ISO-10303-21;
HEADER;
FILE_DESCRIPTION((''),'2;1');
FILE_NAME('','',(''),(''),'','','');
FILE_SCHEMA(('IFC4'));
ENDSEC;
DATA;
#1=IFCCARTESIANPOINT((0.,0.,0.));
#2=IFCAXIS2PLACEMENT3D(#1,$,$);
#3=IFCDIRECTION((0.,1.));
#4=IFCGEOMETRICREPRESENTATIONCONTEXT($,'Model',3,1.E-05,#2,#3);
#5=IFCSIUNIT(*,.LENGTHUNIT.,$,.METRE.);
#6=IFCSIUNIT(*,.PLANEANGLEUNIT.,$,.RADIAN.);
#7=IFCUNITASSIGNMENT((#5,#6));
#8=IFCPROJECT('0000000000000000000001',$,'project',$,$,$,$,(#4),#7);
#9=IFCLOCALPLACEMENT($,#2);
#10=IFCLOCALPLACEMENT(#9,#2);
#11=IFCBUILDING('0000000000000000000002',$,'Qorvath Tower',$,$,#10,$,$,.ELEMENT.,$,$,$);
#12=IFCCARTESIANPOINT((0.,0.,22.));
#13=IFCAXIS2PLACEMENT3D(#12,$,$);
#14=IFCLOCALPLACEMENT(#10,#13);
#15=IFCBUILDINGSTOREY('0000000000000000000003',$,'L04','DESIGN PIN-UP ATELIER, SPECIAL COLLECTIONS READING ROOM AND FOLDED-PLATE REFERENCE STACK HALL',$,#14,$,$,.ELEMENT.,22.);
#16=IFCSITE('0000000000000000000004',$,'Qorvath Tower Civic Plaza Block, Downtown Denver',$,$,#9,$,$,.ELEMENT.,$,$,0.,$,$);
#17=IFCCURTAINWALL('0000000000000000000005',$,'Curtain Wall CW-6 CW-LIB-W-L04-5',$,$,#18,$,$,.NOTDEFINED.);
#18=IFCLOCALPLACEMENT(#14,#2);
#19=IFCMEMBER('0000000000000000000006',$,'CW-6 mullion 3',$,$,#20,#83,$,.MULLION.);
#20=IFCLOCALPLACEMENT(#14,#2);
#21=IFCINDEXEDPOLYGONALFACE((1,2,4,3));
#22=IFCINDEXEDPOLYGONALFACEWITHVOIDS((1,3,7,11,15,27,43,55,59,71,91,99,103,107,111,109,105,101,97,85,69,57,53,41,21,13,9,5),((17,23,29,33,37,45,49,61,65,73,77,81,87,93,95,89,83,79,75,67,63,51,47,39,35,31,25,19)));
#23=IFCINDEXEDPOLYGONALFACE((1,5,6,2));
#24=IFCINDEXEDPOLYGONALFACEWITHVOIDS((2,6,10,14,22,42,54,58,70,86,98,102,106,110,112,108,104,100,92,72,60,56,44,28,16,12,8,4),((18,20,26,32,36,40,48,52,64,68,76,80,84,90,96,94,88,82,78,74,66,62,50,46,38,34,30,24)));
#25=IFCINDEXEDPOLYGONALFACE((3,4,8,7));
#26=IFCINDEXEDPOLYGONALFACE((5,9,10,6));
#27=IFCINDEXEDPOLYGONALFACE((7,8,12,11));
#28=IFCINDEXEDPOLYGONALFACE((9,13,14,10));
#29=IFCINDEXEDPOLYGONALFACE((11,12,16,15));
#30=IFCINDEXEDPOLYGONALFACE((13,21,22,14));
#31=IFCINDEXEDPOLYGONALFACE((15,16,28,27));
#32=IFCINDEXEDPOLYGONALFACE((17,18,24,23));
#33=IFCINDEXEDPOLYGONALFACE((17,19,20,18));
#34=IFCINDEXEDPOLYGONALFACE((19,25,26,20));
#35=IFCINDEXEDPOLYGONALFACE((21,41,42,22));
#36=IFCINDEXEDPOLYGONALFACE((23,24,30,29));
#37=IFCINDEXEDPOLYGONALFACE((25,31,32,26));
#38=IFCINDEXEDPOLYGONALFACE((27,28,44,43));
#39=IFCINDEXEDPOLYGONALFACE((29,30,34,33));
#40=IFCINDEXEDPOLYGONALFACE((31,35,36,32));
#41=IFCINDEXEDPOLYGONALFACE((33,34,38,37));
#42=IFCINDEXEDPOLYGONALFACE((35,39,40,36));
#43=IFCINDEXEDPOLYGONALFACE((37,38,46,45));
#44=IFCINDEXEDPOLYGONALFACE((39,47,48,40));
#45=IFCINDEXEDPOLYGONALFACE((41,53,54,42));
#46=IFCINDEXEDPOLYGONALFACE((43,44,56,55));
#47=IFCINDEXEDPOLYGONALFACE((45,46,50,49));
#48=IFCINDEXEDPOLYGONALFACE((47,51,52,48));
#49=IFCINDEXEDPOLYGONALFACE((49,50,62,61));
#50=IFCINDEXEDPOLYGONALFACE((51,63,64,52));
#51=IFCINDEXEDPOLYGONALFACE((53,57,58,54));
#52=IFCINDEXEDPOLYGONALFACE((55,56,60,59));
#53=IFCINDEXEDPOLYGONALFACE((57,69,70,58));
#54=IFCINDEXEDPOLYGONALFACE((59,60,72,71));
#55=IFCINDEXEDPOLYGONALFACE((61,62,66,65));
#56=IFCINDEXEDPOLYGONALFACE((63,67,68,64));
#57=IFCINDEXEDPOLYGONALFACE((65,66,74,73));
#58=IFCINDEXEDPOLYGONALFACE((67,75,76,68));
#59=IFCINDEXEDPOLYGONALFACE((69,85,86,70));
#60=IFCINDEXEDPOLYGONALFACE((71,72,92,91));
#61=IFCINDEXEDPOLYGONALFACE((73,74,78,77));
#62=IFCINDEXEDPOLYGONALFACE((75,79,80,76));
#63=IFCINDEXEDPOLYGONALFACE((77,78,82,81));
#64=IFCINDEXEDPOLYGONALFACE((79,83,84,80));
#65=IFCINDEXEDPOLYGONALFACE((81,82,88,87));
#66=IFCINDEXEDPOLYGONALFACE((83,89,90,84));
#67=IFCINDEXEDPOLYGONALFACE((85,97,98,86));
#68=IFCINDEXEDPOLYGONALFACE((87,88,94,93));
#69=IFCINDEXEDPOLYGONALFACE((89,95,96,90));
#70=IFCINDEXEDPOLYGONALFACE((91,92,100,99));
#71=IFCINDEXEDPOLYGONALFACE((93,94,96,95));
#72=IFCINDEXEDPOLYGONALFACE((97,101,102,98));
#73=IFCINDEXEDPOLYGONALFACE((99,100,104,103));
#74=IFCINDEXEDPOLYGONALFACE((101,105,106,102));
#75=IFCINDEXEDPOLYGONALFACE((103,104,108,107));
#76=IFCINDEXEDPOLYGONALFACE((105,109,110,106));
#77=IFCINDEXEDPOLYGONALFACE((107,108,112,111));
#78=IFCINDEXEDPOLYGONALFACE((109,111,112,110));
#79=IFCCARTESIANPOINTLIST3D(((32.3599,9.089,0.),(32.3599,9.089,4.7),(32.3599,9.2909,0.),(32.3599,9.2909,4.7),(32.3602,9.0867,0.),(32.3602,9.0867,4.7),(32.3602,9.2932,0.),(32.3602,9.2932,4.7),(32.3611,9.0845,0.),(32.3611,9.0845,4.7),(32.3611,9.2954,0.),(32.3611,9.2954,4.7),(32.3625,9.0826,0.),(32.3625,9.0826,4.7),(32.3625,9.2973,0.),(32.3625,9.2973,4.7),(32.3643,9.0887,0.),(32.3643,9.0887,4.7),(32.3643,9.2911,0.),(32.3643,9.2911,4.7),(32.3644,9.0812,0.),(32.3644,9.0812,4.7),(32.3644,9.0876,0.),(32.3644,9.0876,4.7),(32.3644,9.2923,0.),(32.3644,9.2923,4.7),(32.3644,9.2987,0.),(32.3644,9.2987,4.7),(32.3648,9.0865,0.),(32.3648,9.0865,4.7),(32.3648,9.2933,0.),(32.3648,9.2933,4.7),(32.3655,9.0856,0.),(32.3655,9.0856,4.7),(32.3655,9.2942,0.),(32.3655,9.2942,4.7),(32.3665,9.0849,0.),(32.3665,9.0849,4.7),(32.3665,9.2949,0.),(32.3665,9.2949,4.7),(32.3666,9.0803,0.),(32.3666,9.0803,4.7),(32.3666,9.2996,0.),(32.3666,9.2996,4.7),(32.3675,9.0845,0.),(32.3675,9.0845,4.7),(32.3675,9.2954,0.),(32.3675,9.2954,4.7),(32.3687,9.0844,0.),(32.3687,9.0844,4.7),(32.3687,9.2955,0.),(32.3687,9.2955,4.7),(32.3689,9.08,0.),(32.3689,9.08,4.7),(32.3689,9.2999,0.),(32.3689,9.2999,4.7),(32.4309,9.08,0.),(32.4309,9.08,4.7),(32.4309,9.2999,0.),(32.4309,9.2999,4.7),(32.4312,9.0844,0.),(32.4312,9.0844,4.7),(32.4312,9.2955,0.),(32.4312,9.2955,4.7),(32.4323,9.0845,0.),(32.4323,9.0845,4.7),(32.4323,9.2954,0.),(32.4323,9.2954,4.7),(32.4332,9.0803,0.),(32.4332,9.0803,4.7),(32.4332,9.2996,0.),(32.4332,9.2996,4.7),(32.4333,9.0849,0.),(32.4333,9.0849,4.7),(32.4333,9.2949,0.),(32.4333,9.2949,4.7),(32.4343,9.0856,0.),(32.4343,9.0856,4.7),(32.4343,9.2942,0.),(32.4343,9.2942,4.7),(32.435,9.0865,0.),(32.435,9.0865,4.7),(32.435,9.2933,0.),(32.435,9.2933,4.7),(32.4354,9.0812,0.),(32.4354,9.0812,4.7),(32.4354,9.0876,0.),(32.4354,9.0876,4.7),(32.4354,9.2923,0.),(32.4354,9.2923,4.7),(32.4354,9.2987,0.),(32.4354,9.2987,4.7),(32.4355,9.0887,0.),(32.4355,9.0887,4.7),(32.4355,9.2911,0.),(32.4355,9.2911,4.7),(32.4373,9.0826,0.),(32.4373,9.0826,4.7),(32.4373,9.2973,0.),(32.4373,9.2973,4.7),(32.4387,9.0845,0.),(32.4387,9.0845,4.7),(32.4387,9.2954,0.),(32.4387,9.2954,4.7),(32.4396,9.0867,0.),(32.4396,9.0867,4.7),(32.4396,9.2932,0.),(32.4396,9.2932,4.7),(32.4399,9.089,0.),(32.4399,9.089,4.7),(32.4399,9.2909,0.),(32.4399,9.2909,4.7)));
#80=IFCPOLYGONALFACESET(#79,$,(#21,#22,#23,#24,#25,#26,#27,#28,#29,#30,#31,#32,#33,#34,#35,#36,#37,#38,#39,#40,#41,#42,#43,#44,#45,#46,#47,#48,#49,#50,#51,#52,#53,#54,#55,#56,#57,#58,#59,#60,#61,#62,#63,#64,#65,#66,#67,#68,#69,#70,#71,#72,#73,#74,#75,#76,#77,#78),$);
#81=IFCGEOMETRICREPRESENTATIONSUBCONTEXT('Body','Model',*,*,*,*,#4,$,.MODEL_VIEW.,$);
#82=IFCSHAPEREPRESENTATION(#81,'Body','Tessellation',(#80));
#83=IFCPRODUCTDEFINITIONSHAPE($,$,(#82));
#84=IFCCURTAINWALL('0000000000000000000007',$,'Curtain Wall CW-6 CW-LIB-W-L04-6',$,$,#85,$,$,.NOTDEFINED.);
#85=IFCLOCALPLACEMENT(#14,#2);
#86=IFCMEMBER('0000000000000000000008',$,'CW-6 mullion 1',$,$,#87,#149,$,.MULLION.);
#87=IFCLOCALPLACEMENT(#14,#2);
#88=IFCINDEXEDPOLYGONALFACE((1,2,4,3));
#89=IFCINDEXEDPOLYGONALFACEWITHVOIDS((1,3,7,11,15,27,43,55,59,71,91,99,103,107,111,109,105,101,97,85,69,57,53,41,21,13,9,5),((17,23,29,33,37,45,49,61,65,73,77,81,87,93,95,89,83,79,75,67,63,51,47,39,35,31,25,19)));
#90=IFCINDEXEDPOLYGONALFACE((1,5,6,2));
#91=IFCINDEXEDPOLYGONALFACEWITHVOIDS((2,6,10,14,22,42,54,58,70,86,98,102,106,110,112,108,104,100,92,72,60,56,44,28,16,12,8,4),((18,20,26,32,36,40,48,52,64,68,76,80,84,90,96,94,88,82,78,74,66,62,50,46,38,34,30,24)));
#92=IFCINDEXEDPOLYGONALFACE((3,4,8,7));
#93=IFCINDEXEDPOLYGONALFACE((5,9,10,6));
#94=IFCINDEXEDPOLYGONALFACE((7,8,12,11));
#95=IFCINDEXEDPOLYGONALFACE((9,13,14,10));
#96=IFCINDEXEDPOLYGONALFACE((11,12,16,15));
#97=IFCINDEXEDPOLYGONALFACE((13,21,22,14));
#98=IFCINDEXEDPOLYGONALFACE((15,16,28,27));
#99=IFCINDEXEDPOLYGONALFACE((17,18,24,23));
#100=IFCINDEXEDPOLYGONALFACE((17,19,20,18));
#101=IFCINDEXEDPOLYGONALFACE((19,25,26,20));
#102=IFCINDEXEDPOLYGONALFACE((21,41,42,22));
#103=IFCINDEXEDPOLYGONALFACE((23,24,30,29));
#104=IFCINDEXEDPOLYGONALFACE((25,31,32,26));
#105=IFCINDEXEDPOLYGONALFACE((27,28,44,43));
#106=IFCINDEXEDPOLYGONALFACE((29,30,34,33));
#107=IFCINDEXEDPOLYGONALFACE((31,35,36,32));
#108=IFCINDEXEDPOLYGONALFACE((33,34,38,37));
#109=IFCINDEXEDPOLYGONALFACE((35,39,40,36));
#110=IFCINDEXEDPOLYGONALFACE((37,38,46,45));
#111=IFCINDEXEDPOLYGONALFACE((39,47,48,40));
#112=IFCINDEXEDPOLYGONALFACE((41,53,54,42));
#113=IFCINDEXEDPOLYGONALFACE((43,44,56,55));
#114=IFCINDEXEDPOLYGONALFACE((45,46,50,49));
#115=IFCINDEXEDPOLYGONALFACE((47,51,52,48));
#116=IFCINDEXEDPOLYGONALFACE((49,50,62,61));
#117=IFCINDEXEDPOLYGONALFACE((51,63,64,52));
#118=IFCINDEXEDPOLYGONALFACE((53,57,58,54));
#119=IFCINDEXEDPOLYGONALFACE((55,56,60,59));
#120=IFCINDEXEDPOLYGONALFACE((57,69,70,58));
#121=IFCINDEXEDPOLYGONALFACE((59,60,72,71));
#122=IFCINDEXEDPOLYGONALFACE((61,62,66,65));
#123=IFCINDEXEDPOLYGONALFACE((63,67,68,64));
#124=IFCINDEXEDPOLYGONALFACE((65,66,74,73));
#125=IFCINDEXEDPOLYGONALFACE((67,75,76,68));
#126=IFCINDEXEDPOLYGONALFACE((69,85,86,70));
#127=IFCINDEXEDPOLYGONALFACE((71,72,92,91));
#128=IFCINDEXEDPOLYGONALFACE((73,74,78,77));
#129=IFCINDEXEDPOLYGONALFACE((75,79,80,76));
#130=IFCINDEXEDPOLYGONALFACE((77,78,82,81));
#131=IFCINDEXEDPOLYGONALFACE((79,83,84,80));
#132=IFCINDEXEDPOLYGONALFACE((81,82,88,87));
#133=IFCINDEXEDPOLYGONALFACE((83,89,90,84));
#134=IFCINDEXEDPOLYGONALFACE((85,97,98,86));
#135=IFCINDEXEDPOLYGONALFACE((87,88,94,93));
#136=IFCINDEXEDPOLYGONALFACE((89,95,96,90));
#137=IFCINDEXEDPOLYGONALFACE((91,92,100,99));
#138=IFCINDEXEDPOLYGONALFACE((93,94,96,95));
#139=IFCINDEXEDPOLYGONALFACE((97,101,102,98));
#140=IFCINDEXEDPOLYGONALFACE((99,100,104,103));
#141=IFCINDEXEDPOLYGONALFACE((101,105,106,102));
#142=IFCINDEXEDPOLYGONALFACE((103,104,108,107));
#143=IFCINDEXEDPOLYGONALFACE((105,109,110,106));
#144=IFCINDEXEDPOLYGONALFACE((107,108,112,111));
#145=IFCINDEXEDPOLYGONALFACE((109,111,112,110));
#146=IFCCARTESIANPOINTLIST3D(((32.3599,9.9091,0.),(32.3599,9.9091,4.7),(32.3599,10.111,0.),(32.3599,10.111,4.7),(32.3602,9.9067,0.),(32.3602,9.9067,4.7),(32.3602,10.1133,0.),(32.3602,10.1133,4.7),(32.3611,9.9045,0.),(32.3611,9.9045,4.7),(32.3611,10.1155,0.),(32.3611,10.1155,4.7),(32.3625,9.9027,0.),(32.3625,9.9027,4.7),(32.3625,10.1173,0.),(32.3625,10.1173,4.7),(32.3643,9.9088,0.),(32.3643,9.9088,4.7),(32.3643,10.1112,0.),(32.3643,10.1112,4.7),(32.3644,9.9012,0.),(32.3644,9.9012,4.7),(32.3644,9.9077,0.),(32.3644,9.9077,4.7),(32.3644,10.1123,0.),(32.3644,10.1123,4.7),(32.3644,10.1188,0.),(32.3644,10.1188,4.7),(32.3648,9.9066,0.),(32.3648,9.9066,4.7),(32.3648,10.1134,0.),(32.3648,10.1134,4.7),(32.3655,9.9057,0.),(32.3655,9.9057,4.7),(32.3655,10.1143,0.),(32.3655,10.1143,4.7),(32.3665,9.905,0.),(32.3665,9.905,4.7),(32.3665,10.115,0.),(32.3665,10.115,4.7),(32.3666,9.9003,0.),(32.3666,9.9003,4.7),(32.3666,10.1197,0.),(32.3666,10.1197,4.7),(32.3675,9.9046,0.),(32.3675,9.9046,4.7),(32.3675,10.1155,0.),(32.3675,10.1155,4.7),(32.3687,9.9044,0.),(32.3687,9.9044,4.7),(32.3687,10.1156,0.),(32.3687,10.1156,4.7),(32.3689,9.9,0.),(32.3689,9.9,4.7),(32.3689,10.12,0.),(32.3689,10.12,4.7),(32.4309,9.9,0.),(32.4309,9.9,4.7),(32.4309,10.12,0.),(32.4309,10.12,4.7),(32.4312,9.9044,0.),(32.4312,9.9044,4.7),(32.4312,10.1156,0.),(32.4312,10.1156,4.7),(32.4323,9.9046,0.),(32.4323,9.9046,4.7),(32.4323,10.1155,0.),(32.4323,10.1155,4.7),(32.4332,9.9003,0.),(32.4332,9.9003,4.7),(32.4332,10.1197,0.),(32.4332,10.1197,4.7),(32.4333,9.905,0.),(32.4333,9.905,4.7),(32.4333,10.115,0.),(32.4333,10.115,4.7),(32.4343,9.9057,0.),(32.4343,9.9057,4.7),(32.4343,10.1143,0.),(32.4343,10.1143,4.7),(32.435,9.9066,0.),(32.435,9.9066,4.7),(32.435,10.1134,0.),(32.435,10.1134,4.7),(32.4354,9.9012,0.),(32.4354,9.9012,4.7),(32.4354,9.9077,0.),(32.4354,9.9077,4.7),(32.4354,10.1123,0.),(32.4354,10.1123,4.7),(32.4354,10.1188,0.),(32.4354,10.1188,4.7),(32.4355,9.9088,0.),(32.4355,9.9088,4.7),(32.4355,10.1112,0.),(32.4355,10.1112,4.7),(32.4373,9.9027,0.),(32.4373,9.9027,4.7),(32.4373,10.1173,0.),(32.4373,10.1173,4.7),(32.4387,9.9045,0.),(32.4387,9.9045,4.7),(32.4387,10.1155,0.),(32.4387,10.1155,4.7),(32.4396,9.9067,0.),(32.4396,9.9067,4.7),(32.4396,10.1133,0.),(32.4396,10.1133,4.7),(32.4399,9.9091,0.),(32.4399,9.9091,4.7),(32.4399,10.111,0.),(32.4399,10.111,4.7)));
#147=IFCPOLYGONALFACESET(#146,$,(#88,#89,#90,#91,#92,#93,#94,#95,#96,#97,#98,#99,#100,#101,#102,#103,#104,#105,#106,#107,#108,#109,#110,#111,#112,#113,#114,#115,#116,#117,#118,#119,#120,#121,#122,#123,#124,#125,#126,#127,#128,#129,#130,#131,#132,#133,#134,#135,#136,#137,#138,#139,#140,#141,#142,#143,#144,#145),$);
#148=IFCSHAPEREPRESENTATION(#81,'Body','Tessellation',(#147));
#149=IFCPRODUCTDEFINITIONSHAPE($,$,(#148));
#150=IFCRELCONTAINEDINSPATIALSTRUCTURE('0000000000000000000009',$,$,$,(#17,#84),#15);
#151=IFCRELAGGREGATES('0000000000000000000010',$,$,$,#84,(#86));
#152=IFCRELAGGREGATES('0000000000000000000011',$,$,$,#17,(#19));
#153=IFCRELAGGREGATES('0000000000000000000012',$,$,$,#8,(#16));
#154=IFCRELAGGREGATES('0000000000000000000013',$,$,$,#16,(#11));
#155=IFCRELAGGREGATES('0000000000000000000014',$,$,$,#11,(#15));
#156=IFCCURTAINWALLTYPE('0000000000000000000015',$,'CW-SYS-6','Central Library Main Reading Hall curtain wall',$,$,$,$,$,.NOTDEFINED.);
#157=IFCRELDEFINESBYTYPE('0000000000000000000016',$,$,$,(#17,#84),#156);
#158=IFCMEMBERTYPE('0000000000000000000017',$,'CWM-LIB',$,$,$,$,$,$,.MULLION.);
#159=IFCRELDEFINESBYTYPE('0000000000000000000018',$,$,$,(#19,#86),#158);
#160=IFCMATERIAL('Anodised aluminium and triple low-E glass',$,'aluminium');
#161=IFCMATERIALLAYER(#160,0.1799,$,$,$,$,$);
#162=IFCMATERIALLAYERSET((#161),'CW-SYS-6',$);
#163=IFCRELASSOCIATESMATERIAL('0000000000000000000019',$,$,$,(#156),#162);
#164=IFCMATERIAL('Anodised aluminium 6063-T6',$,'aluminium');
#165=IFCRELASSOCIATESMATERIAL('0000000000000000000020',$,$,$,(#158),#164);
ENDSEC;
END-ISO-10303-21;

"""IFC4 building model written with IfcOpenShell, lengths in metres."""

from ifc_helpers import new_model, si_unit, direction, frame, origin, origin_2d, place, context, subcontext, project, spatial, hollow_rectangle, extrude, material, layer, layer_set, material_profile, profile_set, type_object, element, aggregate, save


model = new_model("IFC4")

# Units and contexts
model_context = context("Model", 3, precision=1e-05, world=origin(), true_north=direction((0.0, 1.0)))
body_context = subcontext(model_context, "Body", "Model", "MODEL_VIEW")
ifc_project = project(units=[si_unit("LENGTHUNIT", "METRE"), si_unit("PLANEANGLEUNIT", "RADIAN")], contexts=[model_context])

# Site, building, storey
site_placement = place(None, origin())
site = spatial("IfcSite", under=ifc_project, at=site_placement, Name="Qorvath Tower Civic Plaza Block, Downtown Denver", CompositionType="ELEMENT", RefElevation=0.0)
building_placement = place(site_placement, origin())
building = spatial("IfcBuilding", under=site, at=building_placement, Name="Qorvath Tower", CompositionType="ELEMENT")
storey_placement = place(building_placement, frame((0.0, 0.0, 22.0)))
storey = spatial("IfcBuildingStorey", under=building, at=storey_placement, Name="L04", Description="DESIGN PIN-UP ATELIER, SPECIAL COLLECTIONS READING ROOM AND FOLDED-PLATE REFERENCE STACK HALL", CompositionType="ELEMENT", Elevation=22.0)

# Curtain wall, member
ifc_material_1 = material(Name="Anodised aluminium and triple low-E glass", Category="aluminium")
ifc_layer_1 = layer(ifc_material_1, 0.1799)
ifc_layer_set_1 = layer_set([ifc_layer_1], Name="CW-SYS-6")
curtain_wall_type = type_object("IfcCurtainWallType", Name="CW-SYS-6", Description="Central Library Main Reading Hall curtain wall", PredefinedType="NOTDEFINED", material=ifc_layer_set_1)
curtain_wall_1_placement = place(storey_placement, origin())
curtain_wall_1 = element("IfcCurtainWall", 1, at=curtain_wall_1_placement, inside=storey, type_object=curtain_wall_type, Name="Curtain Wall CW-6 CW-LIB-W-L04-5", PredefinedType="NOTDEFINED")
ifc_material_2 = material(Name="Anodised aluminium 6063-T6", Category="aluminium")
ifc_material_profile_1 = material_profile(ifc_material_2, hollow_rectangle(XDim=0.0801, YDim=0.22, WallThickness=0.0044, InnerFilletRadius=0.0044, OuterFilletRadius=0.009, at=origin_2d()), Name="CWM LIB 220x80")
ifc_profile_set_1 = profile_set([ifc_material_profile_1], Name="Anodised aluminium 6063-T6")
member_type_1 = type_object("IfcMemberType", Name="CWM-LIB", PredefinedType="MULLION", material=ifc_profile_set_1)
member_1_placement = place(storey_placement, frame((32.3999, 9.1899, 0.0), z_axis=(0.0, 0.0, 1.0), x_axis=(-1.0, 0.0, 0.0)))
member_1 = element("IfcMember", 2, at=member_1_placement, type_object=member_type_1, Name="CW-6 mullion 3", PredefinedType="MULLION", context=body_context, shape_type="SweptSolid", body=[
    extrude(hollow_rectangle(XDim=0.0801, YDim=0.22, WallThickness=0.0044, InnerFilletRadius=0.0044, OuterFilletRadius=0.009, at=origin_2d()), origin(), (0.0, 0.0, 1.0), 4.7),
])

# Curtain wall, member
curtain_wall_2_placement = place(storey_placement, origin())
curtain_wall_2 = element("IfcCurtainWall", 3, at=curtain_wall_2_placement, inside=storey, type_object=curtain_wall_type, Name="Curtain Wall CW-6 CW-LIB-W-L04-6", PredefinedType="NOTDEFINED")
member_2_placement = place(storey_placement, frame((32.3999, 10.01, 0.0), z_axis=(0.0, 0.0, 1.0), x_axis=(-1.0, 0.0, 0.0)))
member_2 = element("IfcMember", 4, at=member_2_placement, type_object=member_type_1, Name="CW-6 mullion 1", PredefinedType="MULLION", context=body_context, shape_type="SweptSolid", body=[
    extrude(hollow_rectangle(XDim=0.0801, YDim=0.22, WallThickness=0.0044, InnerFilletRadius=0.0044, OuterFilletRadius=0.009, at=origin_2d()), origin(), (0.0, 0.0, 1.0), 4.7),
])
aggregate(curtain_wall_2, [member_2])

aggregate(curtain_wall_1, [member_1])

save(model, "model.ifc")
